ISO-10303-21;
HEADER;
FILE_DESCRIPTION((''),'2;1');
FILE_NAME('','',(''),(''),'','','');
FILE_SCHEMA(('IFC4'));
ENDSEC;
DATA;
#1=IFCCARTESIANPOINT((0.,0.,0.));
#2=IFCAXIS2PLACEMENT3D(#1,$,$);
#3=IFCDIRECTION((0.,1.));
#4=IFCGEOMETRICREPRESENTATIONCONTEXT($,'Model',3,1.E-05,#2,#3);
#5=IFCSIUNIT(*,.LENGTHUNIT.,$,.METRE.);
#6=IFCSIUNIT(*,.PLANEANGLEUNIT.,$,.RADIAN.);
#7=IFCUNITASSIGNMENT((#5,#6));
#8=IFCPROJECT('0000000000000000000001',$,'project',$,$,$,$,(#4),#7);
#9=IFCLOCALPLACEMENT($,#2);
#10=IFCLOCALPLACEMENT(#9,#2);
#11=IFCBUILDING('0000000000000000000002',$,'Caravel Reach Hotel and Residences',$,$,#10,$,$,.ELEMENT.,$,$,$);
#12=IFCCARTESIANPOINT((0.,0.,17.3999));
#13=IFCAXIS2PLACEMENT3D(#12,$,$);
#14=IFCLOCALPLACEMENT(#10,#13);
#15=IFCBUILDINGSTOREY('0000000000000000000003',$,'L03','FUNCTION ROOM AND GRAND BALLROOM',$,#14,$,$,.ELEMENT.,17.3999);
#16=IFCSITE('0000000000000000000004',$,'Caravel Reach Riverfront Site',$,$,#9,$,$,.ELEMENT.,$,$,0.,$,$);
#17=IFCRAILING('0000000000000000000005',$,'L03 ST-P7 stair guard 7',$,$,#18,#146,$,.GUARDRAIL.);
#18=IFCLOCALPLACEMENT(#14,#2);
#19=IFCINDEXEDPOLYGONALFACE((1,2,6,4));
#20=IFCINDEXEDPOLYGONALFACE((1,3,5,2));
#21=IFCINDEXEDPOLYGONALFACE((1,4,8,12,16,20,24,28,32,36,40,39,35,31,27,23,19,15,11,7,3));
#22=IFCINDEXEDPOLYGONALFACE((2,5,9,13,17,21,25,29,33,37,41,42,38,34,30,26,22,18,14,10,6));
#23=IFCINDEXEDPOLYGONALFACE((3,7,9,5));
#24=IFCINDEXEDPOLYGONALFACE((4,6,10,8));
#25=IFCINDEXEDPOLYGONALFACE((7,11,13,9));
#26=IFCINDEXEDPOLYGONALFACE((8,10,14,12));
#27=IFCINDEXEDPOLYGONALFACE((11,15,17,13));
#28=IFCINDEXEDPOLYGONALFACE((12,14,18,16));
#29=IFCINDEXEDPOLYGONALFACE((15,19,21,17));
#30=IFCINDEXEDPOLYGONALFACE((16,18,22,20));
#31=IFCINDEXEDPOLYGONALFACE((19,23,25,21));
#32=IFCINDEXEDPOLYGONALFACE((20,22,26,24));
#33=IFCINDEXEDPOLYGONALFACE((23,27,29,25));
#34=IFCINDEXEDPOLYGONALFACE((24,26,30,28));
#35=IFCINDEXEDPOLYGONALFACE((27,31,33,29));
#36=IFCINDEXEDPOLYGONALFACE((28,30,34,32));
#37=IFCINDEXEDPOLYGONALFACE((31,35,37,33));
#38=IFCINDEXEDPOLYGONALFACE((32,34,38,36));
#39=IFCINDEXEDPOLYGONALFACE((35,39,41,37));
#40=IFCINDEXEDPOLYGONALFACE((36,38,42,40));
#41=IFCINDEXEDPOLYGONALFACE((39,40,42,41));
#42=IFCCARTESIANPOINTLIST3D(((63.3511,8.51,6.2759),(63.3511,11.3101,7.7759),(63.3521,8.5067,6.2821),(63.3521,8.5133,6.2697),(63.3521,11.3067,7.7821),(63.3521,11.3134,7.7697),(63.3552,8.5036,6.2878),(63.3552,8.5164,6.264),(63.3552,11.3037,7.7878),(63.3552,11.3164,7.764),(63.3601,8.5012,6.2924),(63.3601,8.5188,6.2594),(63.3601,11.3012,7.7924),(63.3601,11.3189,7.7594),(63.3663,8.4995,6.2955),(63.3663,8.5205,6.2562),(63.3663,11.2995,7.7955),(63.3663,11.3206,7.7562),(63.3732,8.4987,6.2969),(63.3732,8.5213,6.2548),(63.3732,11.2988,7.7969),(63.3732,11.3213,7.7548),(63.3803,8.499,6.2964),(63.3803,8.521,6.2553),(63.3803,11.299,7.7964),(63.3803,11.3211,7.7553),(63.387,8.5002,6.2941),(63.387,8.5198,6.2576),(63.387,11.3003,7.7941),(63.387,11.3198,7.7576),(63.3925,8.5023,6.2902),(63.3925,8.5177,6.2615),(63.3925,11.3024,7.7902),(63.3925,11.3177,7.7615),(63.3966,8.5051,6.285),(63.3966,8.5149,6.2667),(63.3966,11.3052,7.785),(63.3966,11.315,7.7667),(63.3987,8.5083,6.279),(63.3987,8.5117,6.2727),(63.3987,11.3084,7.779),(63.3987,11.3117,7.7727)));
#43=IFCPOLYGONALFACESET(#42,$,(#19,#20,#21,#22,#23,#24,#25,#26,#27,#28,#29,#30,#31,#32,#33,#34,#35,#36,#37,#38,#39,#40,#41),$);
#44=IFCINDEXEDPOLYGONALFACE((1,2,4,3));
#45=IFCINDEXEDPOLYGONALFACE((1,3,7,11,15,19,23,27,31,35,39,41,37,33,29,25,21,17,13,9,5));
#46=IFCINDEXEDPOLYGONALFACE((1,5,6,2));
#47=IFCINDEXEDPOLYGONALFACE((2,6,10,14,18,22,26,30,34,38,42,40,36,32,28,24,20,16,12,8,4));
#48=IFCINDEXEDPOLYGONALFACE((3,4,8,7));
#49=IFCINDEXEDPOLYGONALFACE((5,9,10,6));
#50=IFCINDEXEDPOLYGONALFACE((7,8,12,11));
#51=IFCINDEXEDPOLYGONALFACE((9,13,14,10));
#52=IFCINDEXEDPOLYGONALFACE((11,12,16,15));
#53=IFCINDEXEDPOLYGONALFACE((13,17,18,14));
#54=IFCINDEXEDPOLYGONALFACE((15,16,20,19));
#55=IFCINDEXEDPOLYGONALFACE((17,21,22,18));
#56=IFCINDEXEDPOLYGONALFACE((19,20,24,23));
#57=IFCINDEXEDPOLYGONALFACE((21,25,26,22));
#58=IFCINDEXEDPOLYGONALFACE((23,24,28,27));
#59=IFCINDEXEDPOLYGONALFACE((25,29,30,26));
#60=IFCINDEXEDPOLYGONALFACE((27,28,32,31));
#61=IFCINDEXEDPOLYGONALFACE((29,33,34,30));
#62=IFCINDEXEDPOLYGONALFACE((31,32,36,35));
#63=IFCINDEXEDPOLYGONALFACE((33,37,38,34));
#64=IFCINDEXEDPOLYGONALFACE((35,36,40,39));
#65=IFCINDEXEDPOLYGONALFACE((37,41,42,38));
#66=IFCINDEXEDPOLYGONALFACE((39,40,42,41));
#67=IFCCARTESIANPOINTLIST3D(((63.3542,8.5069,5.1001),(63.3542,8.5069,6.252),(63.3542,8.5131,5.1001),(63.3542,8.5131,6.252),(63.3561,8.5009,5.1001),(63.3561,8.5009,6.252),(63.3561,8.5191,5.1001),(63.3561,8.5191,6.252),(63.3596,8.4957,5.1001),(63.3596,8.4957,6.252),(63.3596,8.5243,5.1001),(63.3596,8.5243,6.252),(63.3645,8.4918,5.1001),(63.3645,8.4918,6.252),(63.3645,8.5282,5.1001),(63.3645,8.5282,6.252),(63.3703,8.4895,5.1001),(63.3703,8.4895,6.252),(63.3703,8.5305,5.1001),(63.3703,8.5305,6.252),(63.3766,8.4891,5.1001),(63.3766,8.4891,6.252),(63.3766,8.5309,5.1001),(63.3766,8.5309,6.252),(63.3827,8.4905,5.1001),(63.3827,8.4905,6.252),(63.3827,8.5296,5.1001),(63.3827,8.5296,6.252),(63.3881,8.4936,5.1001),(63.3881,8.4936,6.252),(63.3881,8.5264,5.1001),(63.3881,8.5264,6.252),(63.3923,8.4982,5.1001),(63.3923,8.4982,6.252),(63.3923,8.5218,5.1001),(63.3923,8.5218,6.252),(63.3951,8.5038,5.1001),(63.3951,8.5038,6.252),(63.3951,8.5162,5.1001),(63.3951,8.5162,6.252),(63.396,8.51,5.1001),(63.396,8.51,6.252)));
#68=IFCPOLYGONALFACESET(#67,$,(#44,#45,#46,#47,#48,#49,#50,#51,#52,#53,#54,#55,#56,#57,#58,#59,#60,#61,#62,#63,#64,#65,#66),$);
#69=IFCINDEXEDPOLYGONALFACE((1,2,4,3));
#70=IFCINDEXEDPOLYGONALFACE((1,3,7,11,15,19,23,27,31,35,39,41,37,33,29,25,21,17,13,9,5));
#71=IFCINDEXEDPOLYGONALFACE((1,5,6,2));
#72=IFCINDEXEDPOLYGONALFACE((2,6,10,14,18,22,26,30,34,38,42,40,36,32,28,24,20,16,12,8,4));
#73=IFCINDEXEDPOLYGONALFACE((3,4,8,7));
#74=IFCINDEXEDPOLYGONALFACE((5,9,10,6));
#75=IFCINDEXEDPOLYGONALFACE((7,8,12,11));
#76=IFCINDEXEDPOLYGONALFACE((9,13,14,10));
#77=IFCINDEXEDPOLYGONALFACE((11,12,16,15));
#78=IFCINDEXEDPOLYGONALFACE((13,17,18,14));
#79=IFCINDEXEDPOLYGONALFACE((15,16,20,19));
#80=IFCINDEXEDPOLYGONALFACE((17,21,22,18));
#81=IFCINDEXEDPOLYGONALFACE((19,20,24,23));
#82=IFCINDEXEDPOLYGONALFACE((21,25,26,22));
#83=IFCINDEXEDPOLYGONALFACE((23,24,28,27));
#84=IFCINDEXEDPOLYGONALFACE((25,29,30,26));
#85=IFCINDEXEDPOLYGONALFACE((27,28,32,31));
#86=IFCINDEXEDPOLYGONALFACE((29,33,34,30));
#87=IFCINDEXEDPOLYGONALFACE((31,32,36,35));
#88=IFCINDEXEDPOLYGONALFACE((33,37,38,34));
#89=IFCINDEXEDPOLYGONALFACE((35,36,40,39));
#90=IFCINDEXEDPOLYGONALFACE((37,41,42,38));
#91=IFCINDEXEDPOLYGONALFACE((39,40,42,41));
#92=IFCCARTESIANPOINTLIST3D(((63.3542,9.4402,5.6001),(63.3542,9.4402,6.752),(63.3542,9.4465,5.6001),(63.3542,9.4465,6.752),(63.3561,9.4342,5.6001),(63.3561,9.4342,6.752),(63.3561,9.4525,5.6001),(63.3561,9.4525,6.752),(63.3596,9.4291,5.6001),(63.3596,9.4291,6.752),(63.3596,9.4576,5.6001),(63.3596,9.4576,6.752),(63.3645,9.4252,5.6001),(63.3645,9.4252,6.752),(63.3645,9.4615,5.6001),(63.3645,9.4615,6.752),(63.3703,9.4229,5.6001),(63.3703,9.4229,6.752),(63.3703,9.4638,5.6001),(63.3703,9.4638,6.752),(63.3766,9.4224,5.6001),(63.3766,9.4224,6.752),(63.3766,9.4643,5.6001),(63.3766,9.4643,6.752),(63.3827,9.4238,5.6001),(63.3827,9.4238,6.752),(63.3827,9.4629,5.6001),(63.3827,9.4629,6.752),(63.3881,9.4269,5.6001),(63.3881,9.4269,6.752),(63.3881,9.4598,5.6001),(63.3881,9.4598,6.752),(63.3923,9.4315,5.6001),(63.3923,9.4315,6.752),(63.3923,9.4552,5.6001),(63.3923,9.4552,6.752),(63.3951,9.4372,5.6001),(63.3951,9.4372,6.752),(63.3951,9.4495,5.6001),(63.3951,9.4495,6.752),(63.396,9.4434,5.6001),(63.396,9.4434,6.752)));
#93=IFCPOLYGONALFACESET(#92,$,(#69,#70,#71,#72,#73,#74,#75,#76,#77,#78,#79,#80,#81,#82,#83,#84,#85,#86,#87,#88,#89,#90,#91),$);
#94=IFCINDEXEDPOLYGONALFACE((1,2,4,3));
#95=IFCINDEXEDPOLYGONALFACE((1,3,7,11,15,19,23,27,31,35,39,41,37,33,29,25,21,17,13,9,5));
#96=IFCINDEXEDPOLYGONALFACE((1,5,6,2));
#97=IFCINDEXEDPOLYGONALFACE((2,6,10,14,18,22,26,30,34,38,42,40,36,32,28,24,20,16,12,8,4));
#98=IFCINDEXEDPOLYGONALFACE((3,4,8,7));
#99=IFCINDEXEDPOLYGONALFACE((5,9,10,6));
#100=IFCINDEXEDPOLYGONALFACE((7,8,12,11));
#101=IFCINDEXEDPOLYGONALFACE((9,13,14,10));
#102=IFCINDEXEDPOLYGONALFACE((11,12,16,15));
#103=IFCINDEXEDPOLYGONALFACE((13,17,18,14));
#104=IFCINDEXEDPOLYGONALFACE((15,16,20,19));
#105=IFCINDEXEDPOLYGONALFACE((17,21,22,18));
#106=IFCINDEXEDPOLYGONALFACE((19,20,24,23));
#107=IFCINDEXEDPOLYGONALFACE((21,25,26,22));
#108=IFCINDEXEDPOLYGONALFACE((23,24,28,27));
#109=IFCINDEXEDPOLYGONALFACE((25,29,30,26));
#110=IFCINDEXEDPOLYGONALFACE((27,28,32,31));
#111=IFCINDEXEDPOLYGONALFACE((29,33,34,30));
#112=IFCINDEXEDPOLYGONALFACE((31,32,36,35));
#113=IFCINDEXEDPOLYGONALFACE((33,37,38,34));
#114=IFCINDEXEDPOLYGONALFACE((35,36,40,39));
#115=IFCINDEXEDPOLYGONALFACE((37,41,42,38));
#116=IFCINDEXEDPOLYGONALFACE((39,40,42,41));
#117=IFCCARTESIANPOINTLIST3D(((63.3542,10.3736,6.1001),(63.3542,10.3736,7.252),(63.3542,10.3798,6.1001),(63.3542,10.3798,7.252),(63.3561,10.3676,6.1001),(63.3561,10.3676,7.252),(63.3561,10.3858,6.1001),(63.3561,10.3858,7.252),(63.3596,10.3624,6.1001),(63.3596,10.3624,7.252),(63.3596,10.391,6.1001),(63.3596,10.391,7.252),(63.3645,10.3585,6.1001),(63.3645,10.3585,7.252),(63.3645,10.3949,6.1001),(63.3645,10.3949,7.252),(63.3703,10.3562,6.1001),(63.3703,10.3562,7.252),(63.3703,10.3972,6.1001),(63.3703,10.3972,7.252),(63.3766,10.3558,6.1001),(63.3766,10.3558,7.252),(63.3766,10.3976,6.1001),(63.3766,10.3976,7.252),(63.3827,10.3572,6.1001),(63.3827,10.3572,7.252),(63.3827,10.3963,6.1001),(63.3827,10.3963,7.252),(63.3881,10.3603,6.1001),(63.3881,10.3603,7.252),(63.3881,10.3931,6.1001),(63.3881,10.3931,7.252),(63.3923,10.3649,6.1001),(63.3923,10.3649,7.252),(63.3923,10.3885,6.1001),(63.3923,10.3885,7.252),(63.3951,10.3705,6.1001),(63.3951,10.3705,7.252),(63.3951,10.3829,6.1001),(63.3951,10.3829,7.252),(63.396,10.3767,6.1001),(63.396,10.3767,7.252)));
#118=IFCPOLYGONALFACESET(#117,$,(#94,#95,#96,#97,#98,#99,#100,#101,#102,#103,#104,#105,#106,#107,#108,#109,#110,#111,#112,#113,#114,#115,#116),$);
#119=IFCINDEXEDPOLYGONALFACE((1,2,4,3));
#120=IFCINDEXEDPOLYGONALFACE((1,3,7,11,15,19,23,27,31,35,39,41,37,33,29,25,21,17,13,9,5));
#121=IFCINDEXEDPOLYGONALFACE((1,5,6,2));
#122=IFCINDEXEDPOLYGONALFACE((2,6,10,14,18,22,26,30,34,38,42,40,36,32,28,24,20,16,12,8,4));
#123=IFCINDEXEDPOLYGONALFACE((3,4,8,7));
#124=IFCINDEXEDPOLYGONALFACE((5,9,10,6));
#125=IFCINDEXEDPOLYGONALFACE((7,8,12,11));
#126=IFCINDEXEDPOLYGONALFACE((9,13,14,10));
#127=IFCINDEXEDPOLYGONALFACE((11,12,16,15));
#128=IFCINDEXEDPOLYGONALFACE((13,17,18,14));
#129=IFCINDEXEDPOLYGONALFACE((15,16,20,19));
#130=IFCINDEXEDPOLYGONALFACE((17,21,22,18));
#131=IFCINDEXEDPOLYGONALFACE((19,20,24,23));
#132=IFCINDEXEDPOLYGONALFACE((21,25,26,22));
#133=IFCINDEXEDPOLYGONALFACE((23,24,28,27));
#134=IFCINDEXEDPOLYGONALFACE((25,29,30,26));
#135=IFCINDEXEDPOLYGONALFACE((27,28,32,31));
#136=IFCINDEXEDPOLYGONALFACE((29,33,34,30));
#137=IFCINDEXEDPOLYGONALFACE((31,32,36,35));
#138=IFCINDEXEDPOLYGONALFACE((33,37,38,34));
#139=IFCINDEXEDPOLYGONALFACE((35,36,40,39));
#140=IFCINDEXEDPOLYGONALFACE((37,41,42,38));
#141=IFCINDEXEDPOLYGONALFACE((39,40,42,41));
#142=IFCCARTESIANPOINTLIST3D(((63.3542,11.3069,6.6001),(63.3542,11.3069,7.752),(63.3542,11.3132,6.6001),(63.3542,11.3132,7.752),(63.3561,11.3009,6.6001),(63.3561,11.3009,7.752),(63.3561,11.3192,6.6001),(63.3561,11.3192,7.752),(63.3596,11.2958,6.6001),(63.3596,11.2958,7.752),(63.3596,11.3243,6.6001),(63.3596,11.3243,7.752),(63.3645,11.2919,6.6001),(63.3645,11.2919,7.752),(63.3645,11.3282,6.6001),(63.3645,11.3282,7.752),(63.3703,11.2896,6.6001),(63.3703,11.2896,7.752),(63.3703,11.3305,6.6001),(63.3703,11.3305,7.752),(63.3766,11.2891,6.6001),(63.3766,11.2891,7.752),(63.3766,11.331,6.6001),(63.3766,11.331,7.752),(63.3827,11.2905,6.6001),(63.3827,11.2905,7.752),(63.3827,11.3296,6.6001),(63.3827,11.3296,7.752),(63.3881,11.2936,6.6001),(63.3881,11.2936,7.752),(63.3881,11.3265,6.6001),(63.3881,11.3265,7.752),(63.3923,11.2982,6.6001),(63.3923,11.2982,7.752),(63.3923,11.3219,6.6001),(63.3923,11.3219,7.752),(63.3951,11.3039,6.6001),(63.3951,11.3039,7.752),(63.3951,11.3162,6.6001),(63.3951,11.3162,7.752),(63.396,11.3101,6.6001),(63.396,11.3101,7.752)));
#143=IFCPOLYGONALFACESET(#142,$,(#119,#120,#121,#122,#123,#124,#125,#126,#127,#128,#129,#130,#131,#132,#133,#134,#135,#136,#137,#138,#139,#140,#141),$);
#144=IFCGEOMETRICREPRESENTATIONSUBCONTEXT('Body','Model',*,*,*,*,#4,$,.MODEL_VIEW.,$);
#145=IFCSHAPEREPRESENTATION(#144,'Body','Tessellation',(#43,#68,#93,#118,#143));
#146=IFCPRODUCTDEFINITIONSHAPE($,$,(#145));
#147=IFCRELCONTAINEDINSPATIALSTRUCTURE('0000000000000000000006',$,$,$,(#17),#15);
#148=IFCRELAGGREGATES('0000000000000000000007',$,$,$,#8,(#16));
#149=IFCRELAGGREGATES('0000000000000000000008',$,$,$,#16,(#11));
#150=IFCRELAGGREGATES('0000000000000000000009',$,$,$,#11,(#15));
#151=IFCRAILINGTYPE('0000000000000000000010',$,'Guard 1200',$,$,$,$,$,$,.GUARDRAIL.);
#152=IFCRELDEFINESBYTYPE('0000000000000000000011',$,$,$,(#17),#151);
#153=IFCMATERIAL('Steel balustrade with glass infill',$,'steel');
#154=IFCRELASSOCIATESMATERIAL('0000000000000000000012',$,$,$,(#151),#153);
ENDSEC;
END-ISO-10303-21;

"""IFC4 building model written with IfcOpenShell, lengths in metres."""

from ifc_helpers import new_model, si_unit, direction, frame, origin, origin_2d, place, context, subcontext, project, spatial, circle, extrude, material, type_object, element, save


model = new_model("IFC4")

# Units and contexts
model_context = context("Model", 3, precision=1e-05, world=origin(), true_north=direction((0.0, 1.0)))
body_context = subcontext(model_context, "Body", "Model", "MODEL_VIEW")
ifc_project = project(units=[si_unit("LENGTHUNIT", "METRE"), si_unit("PLANEANGLEUNIT", "RADIAN")], contexts=[model_context])

# Site, building, storey
site_placement = place(None, origin())
site = spatial("IfcSite", under=ifc_project, at=site_placement, Name="Caravel Reach Riverfront Site", CompositionType="ELEMENT", RefElevation=0.0)
building_placement = place(site_placement, origin())
building = spatial("IfcBuilding", under=site, at=building_placement, Name="Caravel Reach Hotel and Residences", CompositionType="ELEMENT")
storey_placement = place(building_placement, frame((0.0, 0.0, 17.3999)))
storey = spatial("IfcBuildingStorey", under=building, at=storey_placement, Name="L03", Description="FUNCTION ROOM AND GRAND BALLROOM", CompositionType="ELEMENT", Elevation=17.3999)

# Railing
ifc_material_1 = material(Name="Steel balustrade with glass infill", Category="steel")
railing_type_1 = type_object("IfcRailingType", Name="Guard 1200", PredefinedType="GUARDRAIL", material=ifc_material_1)
railing_1_placement = place(storey_placement, frame((63.375, 8.51, 5.1001)))
element("IfcRailing", 1, at=railing_1_placement, inside=storey, type_object=railing_type_1, Name="L03 ST-P7 stair guard 7", PredefinedType="GUARDRAIL", context=body_context, shape_type="SweptSolid", body=[
    extrude(circle(Radius=0.0239, at=origin_2d()), frame((0.0, 0.0, 1.1758), z_axis=(0.0, 0.881483, 0.472215), x_axis=(-1.0, 0.0, 0.0)), (0.0, 0.0, 1.0), 3.1765),
    extrude(circle(Radius=0.021, at=origin_2d()), origin(), (0.0, 0.0, 1.0), 1.1519),
    extrude(circle(Radius=0.021, at=origin_2d()), frame((0.0, 0.9333, 0.5)), (0.0, 0.0, 1.0), 1.1519),
    extrude(circle(Radius=0.021, at=origin_2d()), frame((0.0, 1.8667, 1.0)), (0.0, 0.0, 1.0), 1.1519),
    extrude(circle(Radius=0.021, at=origin_2d()), frame((0.0, 2.8, 1.5)), (0.0, 0.0, 1.0), 1.1519),
])

save(model, "model.ifc")
